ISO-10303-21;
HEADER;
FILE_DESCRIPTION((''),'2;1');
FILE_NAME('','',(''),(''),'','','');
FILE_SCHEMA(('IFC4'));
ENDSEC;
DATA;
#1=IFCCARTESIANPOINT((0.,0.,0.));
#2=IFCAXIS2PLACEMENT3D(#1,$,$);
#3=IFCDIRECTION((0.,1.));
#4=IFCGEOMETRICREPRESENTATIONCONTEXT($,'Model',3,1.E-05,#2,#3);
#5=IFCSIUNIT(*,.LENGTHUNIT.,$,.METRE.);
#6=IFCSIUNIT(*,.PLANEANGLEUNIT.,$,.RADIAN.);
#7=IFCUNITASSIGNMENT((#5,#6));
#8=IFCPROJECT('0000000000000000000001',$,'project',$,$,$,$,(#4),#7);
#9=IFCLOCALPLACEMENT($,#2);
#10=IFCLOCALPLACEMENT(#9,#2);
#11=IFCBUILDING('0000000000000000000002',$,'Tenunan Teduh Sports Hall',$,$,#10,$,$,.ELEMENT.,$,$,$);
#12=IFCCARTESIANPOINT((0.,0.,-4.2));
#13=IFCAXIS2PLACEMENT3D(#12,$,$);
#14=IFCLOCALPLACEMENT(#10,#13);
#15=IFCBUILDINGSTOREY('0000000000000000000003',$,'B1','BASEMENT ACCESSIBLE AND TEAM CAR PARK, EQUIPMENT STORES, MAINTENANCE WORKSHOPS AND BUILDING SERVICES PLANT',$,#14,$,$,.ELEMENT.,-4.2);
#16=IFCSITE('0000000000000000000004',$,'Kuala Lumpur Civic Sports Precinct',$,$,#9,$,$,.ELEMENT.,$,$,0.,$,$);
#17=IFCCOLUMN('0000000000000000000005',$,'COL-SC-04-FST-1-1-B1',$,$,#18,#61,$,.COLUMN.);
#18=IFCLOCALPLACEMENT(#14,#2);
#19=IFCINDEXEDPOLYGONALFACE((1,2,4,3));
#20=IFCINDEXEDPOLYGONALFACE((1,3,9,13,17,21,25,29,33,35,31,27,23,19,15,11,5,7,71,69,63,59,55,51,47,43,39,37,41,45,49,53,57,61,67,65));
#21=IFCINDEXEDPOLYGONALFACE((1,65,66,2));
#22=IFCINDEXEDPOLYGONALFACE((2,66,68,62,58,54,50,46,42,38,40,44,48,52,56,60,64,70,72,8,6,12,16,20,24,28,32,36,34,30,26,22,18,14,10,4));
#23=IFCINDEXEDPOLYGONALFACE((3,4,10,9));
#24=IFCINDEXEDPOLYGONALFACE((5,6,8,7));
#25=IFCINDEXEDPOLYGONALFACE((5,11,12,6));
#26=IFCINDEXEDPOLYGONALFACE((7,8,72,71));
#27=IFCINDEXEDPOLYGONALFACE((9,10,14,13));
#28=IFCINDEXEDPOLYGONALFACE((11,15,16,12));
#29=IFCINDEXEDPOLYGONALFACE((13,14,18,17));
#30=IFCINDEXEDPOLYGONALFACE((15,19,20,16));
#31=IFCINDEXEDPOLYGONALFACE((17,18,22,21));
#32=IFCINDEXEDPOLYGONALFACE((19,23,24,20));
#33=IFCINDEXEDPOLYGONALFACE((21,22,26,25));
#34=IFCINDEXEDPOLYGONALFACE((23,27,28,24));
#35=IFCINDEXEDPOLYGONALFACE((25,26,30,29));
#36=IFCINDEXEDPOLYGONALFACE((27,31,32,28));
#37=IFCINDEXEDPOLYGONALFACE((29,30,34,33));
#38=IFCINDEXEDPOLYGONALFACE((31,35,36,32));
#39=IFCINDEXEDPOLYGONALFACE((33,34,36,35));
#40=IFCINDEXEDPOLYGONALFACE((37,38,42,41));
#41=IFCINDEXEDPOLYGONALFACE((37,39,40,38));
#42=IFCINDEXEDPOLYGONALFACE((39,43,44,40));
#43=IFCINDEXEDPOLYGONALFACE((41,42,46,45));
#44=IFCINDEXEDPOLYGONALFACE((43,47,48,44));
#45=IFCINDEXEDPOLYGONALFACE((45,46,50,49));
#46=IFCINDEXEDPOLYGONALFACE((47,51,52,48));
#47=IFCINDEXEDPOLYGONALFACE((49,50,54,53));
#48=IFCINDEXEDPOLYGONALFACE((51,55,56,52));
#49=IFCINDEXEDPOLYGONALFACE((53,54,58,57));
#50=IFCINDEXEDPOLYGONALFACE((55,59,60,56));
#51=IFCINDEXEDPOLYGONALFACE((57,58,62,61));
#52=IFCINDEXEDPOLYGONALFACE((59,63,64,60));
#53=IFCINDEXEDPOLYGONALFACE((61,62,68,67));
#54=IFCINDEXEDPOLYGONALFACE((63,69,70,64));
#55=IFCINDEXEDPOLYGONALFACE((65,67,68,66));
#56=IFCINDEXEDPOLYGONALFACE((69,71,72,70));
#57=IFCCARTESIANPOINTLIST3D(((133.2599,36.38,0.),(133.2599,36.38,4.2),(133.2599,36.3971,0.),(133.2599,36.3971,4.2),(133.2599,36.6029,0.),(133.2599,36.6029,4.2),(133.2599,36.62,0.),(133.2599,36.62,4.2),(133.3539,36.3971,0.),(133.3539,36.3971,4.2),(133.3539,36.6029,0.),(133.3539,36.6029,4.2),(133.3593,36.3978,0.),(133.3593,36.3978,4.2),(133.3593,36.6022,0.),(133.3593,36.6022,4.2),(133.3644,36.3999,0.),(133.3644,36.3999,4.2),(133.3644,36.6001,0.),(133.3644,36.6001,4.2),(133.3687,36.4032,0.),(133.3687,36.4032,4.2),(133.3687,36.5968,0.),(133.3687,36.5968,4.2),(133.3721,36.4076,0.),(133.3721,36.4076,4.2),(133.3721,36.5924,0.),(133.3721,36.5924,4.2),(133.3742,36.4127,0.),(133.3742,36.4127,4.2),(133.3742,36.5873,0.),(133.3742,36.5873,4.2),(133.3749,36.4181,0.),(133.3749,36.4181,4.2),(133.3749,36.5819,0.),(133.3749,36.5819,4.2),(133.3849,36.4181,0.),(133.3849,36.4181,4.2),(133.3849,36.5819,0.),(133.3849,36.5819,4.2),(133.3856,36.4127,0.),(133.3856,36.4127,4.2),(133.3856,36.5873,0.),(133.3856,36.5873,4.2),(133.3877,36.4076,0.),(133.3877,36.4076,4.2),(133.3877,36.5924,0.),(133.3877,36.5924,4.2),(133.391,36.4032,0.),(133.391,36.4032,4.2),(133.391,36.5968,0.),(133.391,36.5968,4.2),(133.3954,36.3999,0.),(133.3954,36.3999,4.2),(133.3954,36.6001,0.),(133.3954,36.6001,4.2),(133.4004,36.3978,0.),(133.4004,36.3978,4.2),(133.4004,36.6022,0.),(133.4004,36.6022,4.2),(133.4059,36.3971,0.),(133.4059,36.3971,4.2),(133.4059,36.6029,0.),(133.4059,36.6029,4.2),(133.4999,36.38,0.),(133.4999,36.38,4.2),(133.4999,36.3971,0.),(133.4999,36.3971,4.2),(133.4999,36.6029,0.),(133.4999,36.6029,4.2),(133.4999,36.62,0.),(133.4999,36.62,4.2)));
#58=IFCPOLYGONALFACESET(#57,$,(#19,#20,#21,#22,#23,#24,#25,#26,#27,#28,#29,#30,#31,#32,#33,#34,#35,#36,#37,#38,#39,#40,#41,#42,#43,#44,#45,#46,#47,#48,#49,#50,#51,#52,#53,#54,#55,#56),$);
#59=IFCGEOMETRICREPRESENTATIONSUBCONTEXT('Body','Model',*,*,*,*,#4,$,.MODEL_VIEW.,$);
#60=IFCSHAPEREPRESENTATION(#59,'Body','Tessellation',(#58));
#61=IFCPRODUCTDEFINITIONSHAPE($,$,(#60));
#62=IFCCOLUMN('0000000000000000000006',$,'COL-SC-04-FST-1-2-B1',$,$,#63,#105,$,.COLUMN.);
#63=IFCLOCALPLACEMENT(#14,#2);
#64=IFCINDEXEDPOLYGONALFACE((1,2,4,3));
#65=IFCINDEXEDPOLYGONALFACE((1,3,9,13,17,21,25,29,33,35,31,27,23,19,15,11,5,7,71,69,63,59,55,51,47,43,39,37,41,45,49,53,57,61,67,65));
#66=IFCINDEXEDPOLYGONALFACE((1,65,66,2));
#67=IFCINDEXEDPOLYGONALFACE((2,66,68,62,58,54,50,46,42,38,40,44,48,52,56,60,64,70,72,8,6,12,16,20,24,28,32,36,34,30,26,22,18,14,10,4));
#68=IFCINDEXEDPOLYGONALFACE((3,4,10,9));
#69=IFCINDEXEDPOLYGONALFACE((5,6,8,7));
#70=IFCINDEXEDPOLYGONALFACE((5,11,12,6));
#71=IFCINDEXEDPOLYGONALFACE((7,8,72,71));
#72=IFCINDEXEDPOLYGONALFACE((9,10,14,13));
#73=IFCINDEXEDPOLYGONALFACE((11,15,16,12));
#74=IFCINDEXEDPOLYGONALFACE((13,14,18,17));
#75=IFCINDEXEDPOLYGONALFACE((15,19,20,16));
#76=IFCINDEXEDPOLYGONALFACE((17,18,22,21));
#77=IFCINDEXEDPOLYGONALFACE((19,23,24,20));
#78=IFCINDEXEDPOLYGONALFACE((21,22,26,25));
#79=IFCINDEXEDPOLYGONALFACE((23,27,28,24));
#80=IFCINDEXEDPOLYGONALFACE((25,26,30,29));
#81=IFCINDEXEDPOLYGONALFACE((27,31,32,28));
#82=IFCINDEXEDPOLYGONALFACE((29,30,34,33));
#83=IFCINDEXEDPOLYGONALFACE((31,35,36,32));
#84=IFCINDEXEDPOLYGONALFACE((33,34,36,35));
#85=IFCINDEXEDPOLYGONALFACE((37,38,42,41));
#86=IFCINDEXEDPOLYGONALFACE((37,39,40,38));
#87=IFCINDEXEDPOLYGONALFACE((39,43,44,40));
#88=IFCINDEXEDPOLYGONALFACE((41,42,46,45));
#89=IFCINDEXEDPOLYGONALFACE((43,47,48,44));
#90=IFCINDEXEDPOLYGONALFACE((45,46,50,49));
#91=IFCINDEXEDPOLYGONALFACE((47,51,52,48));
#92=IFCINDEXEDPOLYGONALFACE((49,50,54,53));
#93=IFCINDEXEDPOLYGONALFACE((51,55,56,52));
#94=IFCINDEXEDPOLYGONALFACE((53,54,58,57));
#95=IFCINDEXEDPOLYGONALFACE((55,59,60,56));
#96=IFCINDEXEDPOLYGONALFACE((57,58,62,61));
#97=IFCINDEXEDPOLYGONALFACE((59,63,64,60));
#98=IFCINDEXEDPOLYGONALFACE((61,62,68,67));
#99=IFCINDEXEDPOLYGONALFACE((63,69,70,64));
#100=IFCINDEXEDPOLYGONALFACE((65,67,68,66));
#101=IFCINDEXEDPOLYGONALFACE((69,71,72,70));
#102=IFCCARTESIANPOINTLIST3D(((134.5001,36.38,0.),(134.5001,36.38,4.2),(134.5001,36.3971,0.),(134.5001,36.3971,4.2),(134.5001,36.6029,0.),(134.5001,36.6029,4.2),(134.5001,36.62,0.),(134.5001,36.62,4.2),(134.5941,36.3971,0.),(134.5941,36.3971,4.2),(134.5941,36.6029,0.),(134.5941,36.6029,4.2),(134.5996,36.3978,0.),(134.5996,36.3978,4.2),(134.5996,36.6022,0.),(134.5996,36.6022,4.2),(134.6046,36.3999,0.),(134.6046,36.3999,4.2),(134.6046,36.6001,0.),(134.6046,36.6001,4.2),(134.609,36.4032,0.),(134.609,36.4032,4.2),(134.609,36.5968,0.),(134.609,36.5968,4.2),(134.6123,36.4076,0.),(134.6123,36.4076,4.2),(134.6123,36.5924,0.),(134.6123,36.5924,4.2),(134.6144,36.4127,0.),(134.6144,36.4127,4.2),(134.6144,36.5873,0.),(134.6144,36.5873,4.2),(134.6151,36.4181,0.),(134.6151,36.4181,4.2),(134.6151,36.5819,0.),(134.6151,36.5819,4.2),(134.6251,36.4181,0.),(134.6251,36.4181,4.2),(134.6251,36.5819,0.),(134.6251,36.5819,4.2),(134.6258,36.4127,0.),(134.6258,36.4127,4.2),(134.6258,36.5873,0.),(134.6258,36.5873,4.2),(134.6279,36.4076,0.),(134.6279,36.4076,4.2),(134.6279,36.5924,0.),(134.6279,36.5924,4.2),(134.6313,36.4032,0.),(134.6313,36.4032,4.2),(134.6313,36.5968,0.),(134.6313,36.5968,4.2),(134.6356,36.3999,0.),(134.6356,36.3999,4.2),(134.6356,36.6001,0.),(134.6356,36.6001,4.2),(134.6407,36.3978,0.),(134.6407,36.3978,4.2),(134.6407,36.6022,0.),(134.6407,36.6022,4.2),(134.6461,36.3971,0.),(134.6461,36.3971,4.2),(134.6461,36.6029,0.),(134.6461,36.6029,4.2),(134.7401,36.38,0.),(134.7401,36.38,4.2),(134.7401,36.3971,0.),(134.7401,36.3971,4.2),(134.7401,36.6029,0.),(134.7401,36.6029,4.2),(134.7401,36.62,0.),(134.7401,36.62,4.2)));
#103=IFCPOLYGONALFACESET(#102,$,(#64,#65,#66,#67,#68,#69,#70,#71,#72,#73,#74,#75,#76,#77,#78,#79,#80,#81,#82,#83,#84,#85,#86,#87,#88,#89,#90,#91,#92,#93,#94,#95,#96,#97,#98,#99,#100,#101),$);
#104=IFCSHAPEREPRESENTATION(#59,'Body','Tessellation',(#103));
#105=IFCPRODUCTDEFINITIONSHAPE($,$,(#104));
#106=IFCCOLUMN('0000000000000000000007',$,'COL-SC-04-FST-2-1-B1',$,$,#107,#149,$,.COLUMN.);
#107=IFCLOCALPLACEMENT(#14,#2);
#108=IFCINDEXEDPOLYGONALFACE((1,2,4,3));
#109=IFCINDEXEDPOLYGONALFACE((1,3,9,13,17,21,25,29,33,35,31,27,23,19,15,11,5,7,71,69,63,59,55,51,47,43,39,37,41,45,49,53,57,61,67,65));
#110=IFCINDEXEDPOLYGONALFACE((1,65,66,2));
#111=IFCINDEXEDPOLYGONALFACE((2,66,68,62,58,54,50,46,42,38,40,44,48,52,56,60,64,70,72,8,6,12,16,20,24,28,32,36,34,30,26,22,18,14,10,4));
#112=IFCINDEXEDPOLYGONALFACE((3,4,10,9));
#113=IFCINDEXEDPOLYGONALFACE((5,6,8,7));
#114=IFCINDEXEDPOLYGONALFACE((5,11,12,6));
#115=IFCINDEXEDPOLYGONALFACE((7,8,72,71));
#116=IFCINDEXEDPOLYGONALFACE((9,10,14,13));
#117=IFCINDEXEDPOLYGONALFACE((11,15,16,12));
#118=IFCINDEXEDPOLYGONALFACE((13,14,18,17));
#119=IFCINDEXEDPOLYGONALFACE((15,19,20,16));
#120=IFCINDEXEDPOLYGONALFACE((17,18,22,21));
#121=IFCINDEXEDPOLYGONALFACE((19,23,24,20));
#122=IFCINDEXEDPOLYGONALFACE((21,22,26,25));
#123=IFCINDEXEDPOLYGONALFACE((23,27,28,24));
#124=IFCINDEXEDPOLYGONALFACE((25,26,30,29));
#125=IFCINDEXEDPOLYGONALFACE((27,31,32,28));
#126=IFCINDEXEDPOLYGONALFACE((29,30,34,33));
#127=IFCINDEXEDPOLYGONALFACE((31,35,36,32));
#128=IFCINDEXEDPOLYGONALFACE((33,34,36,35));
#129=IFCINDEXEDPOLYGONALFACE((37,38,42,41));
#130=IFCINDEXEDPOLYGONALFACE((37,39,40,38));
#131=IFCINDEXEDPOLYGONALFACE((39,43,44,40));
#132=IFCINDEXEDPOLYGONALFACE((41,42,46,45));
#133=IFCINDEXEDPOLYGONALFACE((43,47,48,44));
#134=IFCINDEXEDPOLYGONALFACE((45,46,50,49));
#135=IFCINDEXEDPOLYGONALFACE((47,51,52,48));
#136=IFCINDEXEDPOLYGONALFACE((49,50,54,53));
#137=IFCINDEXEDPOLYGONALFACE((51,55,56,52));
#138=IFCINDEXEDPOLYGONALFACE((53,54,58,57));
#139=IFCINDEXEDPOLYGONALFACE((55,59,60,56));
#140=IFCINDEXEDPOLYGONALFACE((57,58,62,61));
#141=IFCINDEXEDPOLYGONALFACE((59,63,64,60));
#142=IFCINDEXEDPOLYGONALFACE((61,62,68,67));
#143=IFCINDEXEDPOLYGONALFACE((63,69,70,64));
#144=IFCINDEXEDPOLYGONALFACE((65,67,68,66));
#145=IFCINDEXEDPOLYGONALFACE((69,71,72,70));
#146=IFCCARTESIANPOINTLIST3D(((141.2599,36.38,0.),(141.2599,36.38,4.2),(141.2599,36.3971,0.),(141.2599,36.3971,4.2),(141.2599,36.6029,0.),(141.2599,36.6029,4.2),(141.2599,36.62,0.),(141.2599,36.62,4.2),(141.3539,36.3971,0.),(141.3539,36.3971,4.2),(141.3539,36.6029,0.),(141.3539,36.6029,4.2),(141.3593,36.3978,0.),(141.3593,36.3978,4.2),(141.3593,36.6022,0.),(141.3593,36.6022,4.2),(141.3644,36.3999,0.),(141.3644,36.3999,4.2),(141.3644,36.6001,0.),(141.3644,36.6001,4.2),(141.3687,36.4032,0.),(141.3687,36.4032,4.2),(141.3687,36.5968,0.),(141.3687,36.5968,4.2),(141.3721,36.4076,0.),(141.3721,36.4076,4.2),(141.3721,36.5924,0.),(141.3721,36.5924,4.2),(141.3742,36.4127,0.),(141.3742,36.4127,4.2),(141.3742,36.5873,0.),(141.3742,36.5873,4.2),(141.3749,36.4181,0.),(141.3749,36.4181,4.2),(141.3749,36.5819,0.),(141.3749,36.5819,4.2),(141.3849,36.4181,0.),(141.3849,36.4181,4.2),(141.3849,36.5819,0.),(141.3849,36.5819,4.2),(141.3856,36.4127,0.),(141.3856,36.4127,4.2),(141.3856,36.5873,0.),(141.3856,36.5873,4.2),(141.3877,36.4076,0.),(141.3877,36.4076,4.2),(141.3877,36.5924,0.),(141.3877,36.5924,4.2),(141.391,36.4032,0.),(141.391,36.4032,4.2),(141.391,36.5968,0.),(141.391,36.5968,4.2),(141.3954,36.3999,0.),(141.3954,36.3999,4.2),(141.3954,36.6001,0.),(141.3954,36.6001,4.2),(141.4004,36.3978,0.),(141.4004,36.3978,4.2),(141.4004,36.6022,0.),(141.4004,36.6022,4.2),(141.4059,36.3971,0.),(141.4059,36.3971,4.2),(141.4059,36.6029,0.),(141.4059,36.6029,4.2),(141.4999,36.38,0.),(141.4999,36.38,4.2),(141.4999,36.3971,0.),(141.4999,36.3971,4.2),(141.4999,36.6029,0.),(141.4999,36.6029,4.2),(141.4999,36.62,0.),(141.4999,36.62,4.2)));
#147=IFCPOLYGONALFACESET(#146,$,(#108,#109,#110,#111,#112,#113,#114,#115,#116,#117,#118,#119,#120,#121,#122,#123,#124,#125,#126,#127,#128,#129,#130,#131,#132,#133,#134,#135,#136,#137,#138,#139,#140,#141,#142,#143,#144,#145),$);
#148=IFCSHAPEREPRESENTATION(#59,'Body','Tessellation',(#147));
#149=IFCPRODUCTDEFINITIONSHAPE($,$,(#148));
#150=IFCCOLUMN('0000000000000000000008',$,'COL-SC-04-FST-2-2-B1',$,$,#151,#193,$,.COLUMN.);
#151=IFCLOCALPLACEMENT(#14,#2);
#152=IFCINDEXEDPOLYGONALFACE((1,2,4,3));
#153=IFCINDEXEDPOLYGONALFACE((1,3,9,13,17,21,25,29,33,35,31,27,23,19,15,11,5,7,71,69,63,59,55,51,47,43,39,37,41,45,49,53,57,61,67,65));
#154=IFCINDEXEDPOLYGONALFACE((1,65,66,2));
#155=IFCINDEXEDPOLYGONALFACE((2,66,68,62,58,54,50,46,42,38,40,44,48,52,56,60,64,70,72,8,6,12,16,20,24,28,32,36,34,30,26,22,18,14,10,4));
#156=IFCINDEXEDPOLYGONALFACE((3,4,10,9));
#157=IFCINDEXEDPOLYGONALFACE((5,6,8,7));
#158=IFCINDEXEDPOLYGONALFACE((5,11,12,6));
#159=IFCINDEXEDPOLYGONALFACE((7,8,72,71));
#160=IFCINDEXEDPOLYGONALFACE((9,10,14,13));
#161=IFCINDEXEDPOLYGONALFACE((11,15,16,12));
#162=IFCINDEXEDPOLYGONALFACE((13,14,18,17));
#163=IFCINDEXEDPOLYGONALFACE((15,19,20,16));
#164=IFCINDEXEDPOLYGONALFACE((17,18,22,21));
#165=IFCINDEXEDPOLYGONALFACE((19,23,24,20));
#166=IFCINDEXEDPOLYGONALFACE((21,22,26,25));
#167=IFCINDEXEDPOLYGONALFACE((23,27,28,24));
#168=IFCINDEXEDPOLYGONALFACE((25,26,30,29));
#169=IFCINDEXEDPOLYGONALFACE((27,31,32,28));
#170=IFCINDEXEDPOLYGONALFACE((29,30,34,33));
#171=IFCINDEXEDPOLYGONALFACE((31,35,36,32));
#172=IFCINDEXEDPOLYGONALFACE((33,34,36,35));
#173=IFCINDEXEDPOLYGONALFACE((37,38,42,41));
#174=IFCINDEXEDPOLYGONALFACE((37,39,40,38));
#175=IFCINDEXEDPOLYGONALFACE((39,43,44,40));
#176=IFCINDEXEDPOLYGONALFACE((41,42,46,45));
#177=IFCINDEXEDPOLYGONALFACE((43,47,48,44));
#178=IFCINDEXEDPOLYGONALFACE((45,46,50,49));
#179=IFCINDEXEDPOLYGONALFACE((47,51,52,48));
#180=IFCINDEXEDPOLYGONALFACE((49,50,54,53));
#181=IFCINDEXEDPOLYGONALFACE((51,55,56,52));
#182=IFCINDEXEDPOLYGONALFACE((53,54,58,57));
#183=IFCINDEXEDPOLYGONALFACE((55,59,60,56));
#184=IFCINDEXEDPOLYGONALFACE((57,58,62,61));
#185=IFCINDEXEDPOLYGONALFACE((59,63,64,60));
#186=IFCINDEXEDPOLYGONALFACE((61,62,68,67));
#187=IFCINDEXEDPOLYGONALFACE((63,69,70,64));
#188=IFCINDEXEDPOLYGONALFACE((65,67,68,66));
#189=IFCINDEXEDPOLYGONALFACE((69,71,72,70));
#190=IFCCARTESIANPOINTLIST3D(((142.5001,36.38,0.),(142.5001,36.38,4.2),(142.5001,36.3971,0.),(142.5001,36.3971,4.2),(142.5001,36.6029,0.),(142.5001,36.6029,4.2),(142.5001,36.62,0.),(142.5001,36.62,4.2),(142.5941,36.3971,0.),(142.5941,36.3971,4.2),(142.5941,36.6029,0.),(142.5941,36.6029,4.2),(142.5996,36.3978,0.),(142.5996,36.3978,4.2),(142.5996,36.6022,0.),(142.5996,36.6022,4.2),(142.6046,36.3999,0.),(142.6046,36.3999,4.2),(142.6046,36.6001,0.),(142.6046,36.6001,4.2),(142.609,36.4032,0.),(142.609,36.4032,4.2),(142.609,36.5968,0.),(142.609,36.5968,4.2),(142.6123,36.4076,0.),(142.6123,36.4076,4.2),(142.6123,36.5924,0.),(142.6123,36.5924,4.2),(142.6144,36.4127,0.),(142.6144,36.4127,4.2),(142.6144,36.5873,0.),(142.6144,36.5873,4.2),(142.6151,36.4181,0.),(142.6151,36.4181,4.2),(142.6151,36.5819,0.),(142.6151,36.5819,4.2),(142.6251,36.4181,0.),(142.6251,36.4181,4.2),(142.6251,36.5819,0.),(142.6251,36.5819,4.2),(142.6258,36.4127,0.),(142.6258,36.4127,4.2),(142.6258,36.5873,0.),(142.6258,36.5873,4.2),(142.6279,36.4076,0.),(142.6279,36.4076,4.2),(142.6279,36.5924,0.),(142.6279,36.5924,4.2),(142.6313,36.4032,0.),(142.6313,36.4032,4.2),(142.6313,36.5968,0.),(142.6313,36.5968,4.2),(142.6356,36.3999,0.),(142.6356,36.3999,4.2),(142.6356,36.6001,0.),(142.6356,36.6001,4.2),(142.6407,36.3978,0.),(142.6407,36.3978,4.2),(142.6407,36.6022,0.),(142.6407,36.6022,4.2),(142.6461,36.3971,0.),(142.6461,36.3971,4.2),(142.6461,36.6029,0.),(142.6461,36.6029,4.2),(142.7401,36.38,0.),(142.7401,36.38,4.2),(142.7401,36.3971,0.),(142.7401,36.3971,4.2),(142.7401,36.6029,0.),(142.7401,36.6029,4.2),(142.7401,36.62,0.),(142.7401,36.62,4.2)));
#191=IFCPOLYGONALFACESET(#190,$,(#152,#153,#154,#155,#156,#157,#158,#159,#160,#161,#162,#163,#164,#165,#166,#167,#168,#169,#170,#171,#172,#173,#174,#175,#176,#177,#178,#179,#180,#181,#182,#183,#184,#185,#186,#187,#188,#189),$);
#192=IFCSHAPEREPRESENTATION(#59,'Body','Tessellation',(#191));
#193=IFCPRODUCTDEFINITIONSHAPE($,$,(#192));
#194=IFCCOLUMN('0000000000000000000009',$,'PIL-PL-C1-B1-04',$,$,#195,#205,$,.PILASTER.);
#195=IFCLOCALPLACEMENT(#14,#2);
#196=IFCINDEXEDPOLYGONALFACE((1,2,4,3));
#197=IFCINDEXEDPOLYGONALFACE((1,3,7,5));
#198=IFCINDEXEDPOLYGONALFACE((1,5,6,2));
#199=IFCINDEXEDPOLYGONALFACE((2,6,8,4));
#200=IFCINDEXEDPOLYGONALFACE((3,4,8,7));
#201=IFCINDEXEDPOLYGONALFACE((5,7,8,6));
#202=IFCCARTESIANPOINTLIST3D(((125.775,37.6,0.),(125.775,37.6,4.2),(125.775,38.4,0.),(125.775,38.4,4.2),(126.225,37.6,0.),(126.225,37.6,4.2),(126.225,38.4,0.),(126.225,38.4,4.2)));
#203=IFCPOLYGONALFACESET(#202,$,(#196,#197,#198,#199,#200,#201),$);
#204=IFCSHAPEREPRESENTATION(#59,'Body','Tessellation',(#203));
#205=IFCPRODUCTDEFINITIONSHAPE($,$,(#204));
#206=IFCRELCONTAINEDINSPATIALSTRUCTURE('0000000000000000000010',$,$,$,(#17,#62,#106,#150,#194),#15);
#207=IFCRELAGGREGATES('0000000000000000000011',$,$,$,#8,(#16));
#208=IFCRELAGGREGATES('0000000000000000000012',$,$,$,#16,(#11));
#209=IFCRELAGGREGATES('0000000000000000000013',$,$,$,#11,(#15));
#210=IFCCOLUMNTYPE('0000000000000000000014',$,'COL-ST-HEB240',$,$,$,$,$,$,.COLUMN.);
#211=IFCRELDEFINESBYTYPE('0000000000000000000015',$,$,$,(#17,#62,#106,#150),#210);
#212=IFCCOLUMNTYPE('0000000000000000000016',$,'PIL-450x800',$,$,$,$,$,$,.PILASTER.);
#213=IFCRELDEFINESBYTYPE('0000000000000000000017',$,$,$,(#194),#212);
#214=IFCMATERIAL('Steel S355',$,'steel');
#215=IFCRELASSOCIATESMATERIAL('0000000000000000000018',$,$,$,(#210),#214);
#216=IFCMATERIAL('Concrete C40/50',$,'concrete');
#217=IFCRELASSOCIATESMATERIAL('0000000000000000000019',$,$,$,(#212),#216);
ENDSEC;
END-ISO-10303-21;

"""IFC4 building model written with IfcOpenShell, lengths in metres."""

from ifc_helpers import new_model, si_unit, direction, frame, origin, origin_2d, place, context, subcontext, project, spatial, rectangle, i_section, extrude, material, material_profile, profile_set, type_object, element, save


model = new_model("IFC4")

# Units and contexts
model_context = context("Model", 3, precision=1e-05, world=origin(), true_north=direction((0.0, 1.0)))
body_context = subcontext(model_context, "Body", "Model", "MODEL_VIEW")
ifc_project = project(units=[si_unit("LENGTHUNIT", "METRE"), si_unit("PLANEANGLEUNIT", "RADIAN")], contexts=[model_context])

# Site, building, storey
site_placement = place(None, origin())
site = spatial("IfcSite", under=ifc_project, at=site_placement, Name="Kuala Lumpur Civic Sports Precinct", CompositionType="ELEMENT", RefElevation=0.0)
building_placement = place(site_placement, origin())
building = spatial("IfcBuilding", under=site, at=building_placement, Name="Tenunan Teduh Sports Hall", CompositionType="ELEMENT")
storey_placement = place(building_placement, frame((0.0, 0.0, -4.2)))
storey = spatial("IfcBuildingStorey", under=building, at=storey_placement, Name="B1", Description="BASEMENT ACCESSIBLE AND TEAM CAR PARK, EQUIPMENT STORES, MAINTENANCE WORKSHOPS AND BUILDING SERVICES PLANT", CompositionType="ELEMENT", Elevation=-4.2)

# Columns
ifc_material_1 = material(Name="Steel S355", Category="steel")
ifc_material_profile_1 = material_profile(ifc_material_1, i_section(OverallWidth=0.24, OverallDepth=0.24, WebThickness=0.01, FlangeThickness=0.0171, FilletRadius=0.021, at=origin_2d()), Name="HEB 240")
ifc_profile_set_1 = profile_set([ifc_material_profile_1], Name="Steel S355")
column_type_1 = type_object("IfcColumnType", Name="COL-ST-HEB240", PredefinedType="COLUMN", material=ifc_profile_set_1)
for number, where, z_axis, x_axis, name in (
    (1, (133.3799, 36.5, 0.0), (0.0, 0.0, 1.0), (1.0, 0.0, 0.0), "COL-SC-04-FST-1-1-B1"),
    (2, (134.6201, 36.5, 0.0), (0.0, 0.0, 1.0), (1.0, 0.0, 0.0), "COL-SC-04-FST-1-2-B1"),
    (3, (141.3799, 36.5, 0.0), (0.0, 0.0, 1.0), (1.0, 0.0, 0.0), "COL-SC-04-FST-2-1-B1"),
    (4, (142.6201, 36.5, 0.0), (0.0, 0.0, 1.0), (1.0, 0.0, 0.0), "COL-SC-04-FST-2-2-B1"),
):
    element("IfcColumn", number, at=place(storey_placement, frame(where, z_axis=z_axis, x_axis=x_axis)), inside=storey, type_object=column_type_1, Name=name, PredefinedType="COLUMN", context=body_context, shape_type="SweptSolid", body=[
        extrude(i_section(OverallWidth=0.24, OverallDepth=0.24, WebThickness=0.01, FlangeThickness=0.0171, FilletRadius=0.021, at=origin_2d()), origin(), (0.0, 0.0, 1.0), 4.2),
    ])
ifc_material_2 = material(Name="Concrete C40/50", Category="concrete")
ifc_material_profile_2 = material_profile(ifc_material_2, rectangle(XDim=0.45, YDim=0.8, at=origin_2d()), Name="PIL 450x800")
ifc_profile_set_2 = profile_set([ifc_material_profile_2], Name="Concrete C40/50")
column_type_2 = type_object("IfcColumnType", Name="PIL-450x800", PredefinedType="PILASTER", material=ifc_profile_set_2)
column_placement = place(storey_placement, frame((126.0, 38.0, 0.0), z_axis=(0.0, 0.0, 1.0), x_axis=(1.0, 0.0, 0.0)))
element("IfcColumn", 5, at=column_placement, inside=storey, type_object=column_type_2, Name="PIL-PL-C1-B1-04", PredefinedType="PILASTER", context=body_context, shape_type="SweptSolid", body=[
    extrude(rectangle(XDim=0.45, YDim=0.8, at=origin_2d()), origin(), (0.0, 0.0, 1.0), 4.2),
])

save(model, "model.ifc")
